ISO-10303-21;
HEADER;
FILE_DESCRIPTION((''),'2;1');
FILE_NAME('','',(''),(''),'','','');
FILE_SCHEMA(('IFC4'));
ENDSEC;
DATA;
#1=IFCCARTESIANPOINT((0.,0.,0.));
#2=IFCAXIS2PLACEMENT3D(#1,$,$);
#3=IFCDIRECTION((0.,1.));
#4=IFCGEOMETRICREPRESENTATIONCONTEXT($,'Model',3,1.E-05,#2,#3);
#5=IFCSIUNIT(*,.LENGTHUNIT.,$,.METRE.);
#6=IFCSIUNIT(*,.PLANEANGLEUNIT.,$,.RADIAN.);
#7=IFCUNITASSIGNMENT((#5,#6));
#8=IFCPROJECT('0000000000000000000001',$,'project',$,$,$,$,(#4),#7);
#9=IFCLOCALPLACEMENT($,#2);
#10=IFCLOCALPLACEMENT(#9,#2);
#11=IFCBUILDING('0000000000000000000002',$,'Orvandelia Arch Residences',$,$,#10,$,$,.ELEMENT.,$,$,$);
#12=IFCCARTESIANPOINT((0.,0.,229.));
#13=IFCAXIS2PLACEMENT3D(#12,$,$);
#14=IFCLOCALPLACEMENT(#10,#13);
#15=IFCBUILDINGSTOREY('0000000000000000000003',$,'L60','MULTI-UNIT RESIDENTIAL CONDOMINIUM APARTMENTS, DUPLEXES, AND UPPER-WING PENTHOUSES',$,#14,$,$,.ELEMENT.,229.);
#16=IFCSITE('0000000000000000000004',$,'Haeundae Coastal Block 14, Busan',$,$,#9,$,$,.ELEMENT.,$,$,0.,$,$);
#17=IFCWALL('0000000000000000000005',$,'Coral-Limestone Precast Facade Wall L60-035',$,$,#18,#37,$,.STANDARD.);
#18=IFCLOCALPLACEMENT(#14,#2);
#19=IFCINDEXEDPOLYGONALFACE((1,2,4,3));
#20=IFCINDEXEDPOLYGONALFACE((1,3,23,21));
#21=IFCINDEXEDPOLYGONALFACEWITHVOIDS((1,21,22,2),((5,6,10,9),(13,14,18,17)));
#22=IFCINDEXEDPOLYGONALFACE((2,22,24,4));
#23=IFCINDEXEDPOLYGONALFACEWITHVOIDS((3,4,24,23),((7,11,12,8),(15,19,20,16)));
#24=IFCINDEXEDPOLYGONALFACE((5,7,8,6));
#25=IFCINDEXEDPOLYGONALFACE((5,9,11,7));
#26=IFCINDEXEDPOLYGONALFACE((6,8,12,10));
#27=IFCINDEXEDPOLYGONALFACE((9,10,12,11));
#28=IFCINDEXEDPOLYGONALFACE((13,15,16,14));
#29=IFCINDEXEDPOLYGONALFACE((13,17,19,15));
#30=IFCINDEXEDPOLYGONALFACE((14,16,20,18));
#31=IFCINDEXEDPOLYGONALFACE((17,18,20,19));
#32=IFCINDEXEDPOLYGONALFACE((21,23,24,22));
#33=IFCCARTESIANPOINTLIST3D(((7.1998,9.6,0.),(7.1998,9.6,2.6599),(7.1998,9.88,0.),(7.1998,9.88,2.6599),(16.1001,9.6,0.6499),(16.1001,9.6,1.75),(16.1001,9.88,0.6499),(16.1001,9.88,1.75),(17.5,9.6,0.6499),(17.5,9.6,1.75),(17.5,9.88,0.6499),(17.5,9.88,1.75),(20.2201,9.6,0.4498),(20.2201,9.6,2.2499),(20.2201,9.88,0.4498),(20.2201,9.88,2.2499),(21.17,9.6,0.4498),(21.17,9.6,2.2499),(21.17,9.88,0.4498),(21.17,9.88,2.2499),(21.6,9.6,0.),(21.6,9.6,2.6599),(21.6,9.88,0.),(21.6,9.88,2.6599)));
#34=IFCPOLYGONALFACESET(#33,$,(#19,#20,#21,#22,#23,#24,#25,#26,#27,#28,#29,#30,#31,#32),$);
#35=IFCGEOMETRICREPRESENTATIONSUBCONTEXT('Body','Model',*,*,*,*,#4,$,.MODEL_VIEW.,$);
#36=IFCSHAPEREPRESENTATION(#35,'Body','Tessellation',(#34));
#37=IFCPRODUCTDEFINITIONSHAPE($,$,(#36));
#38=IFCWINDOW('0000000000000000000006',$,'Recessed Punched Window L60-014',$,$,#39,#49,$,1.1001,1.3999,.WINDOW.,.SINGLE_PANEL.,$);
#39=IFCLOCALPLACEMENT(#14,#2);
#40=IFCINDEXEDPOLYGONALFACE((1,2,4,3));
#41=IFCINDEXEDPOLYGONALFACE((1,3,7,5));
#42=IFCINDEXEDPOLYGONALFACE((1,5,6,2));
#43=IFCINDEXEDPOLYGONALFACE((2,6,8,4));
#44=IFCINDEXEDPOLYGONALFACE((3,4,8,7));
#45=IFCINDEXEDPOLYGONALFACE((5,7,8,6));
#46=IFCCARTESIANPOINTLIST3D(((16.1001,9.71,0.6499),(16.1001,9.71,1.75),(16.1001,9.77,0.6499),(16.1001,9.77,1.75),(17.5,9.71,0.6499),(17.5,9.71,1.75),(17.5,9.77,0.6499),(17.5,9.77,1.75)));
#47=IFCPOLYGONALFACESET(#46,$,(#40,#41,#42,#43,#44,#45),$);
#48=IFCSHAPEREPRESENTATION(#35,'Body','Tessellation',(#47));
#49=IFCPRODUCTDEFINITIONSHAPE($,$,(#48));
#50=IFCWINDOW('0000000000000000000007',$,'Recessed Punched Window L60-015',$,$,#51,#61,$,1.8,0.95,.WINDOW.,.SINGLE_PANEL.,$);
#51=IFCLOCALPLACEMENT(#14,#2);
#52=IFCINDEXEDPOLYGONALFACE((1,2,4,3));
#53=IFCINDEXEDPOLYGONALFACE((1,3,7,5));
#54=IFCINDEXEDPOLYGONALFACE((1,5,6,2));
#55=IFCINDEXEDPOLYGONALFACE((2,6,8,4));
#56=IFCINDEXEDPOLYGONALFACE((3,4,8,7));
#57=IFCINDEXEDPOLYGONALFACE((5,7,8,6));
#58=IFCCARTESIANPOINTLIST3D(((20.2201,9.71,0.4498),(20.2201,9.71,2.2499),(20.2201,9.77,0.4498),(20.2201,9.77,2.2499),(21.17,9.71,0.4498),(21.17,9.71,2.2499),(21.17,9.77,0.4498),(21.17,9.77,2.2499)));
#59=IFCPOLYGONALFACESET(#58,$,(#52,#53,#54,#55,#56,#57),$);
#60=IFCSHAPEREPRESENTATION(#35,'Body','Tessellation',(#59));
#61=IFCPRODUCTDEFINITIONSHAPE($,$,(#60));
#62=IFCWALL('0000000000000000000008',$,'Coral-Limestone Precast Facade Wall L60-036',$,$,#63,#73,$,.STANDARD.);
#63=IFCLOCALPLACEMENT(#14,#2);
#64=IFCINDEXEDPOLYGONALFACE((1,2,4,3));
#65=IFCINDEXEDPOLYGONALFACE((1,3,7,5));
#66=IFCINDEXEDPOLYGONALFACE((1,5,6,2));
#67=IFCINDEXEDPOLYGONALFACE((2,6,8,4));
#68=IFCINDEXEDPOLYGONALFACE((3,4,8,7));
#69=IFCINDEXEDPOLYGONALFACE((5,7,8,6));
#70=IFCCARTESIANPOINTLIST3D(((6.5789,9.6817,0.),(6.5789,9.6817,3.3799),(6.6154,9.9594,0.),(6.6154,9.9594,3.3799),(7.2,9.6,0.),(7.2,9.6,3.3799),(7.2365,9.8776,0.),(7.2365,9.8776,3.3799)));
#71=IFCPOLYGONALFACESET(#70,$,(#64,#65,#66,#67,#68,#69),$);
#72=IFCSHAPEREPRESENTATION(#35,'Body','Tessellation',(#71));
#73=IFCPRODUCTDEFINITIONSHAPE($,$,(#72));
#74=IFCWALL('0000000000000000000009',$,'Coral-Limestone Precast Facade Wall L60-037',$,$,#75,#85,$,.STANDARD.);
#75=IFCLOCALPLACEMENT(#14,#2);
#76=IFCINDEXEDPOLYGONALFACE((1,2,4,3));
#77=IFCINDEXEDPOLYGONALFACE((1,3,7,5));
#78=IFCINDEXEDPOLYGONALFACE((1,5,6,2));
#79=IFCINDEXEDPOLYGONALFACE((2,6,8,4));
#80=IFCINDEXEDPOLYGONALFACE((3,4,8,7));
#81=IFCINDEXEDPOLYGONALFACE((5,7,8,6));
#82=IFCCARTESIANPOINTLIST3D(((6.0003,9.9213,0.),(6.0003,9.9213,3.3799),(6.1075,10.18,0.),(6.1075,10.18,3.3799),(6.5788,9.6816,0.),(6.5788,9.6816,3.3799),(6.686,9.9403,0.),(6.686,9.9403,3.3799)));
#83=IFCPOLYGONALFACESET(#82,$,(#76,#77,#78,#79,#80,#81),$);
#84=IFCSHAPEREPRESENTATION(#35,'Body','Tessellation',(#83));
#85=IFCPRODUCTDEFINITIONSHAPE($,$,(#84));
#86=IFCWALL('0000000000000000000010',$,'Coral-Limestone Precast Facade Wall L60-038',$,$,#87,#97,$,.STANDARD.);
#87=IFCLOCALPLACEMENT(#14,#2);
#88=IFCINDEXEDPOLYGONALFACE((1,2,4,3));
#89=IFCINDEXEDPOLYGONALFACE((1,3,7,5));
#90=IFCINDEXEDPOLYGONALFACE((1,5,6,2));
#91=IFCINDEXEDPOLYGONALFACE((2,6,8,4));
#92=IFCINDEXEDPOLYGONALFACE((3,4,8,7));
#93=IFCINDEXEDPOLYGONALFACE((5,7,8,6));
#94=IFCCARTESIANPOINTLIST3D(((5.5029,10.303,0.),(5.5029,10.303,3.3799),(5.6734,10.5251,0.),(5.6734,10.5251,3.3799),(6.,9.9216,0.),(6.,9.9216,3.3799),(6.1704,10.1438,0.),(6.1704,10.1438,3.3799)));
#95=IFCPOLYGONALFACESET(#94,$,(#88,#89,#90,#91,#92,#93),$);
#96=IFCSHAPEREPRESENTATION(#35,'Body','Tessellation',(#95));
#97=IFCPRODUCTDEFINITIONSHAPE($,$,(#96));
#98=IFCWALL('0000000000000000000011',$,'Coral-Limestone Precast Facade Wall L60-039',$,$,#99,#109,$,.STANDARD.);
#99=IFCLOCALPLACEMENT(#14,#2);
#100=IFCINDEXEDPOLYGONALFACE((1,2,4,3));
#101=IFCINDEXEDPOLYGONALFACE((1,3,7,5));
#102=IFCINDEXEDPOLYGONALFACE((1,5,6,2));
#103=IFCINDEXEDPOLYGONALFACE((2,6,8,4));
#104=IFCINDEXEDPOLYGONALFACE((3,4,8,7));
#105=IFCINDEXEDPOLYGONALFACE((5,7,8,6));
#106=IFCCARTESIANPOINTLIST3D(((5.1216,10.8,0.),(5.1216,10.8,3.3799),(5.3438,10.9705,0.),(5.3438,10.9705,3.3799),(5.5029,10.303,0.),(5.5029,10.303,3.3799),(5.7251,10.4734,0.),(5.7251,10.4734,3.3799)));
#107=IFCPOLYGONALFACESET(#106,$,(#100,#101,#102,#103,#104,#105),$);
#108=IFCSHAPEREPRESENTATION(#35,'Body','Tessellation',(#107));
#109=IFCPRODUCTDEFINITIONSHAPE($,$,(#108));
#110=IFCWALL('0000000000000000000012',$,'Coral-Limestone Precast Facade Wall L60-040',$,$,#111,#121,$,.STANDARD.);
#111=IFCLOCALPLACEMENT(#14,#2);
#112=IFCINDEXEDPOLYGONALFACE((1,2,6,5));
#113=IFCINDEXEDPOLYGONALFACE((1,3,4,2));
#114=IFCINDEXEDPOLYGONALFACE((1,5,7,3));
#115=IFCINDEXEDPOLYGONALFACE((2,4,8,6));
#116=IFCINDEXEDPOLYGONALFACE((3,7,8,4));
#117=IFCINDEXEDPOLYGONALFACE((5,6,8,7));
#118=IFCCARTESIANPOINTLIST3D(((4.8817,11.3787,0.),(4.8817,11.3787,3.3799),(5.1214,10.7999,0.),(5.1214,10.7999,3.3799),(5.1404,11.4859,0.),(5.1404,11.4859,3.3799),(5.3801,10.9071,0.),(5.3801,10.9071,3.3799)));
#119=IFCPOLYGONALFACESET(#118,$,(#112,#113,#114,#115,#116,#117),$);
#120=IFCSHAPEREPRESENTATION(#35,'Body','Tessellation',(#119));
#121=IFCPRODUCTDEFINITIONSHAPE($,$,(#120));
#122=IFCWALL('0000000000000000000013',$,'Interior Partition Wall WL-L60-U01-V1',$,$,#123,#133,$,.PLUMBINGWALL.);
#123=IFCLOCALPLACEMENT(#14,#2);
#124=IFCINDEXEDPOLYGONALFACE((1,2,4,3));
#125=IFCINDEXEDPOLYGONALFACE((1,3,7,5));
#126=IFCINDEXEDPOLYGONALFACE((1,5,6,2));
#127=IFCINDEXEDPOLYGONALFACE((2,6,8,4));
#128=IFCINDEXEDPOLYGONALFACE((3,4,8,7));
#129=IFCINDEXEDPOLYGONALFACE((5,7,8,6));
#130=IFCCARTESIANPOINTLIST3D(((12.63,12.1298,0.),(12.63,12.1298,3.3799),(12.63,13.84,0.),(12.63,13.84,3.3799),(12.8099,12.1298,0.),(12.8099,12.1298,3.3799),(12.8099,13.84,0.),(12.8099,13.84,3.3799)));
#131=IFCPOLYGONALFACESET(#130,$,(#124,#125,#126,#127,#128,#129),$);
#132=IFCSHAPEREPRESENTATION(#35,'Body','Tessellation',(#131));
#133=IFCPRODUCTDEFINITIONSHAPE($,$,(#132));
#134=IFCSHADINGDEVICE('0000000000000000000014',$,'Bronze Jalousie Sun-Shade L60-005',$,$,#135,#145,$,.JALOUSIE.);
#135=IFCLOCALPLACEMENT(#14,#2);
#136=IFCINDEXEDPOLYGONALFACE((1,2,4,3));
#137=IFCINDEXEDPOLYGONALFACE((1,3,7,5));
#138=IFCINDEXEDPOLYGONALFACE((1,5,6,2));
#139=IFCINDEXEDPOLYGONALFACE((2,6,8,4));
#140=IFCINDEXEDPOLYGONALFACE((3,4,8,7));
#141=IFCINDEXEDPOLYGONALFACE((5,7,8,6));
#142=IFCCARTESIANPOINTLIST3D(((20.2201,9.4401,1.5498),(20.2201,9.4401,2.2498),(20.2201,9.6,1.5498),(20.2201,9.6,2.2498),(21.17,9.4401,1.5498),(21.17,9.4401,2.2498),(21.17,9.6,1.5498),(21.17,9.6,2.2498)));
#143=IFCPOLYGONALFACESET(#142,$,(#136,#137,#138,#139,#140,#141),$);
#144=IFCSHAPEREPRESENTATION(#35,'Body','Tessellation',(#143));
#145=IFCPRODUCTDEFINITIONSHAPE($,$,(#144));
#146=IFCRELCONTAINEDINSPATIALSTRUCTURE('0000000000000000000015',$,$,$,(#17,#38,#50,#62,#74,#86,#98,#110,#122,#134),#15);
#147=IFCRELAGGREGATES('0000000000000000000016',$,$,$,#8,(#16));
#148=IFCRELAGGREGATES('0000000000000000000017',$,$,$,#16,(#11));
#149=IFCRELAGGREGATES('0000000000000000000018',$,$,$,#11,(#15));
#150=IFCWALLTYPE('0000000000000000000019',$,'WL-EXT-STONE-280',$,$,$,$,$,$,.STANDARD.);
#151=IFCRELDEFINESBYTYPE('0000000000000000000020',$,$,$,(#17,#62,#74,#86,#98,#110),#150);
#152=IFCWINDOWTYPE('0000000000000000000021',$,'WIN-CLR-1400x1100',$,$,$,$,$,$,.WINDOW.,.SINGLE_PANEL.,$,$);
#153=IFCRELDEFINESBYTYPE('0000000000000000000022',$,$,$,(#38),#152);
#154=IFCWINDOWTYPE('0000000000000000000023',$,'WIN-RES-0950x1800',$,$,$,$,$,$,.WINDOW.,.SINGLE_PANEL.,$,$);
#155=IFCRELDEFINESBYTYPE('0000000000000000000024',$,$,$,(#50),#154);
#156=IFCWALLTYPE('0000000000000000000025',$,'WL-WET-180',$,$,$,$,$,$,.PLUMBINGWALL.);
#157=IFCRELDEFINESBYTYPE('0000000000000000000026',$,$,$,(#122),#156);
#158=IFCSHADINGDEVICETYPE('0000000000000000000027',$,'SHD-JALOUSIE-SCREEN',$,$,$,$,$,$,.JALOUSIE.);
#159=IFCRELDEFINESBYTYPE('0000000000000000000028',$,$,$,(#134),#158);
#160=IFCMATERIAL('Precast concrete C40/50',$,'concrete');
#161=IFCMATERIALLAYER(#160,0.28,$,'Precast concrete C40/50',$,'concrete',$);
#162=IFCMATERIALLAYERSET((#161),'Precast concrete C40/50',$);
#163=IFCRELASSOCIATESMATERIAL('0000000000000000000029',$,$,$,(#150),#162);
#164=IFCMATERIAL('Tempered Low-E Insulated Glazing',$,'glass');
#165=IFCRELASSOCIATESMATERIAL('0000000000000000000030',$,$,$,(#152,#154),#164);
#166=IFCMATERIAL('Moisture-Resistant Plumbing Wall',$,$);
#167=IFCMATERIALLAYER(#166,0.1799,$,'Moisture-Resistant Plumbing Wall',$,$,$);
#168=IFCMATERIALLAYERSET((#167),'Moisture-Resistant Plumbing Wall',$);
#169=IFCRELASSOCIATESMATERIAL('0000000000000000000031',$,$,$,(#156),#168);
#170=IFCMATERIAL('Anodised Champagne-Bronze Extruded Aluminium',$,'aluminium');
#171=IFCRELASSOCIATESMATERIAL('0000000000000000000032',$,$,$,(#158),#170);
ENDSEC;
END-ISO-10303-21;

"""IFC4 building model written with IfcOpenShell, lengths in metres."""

from ifc_helpers import new_model, si_unit, direction, frame, frame_2d, origin, origin_2d, place, context, subcontext, project, spatial, rectangle, extrude, material, layer, layer_set, type_object, element, fill, save


model = new_model("IFC4")

# Units and contexts
model_context = context("Model", 3, precision=1e-05, world=origin(), true_north=direction((0.0, 1.0)))
body_context = subcontext(model_context, "Body", "Model", "MODEL_VIEW")
ifc_project = project(units=[si_unit("LENGTHUNIT", "METRE"), si_unit("PLANEANGLEUNIT", "RADIAN")], contexts=[model_context])

# Site, building, storey
site_placement = place(None, origin())
site = spatial("IfcSite", under=ifc_project, at=site_placement, Name="Haeundae Coastal Block 14, Busan", CompositionType="ELEMENT", RefElevation=0.0)
building_placement = place(site_placement, origin())
building = spatial("IfcBuilding", under=site, at=building_placement, Name="Orvandelia Arch Residences", CompositionType="ELEMENT")
storey_placement = place(building_placement, frame((0.0, 0.0, 229.0)))
storey = spatial("IfcBuildingStorey", under=building, at=storey_placement, Name="L60", Description="MULTI-UNIT RESIDENTIAL CONDOMINIUM APARTMENTS, DUPLEXES, AND UPPER-WING PENTHOUSES", CompositionType="ELEMENT", Elevation=229.0)

# Wall, openings, windows
ifc_material_1 = material(Name="Precast concrete C40/50", Category="concrete")
ifc_layer_1 = layer(ifc_material_1, 0.28, Name="Precast concrete C40/50", Category="concrete")
ifc_layer_set_1 = layer_set([ifc_layer_1], Name="Precast concrete C40/50")
wall_type_1 = type_object("IfcWallType", Name="WL-EXT-STONE-280", PredefinedType="STANDARD", material=ifc_layer_set_1)
wall_1_placement = place(storey_placement, frame((21.6001, 9.74, 0.0), z_axis=(0.0, 0.0, 1.0), x_axis=(-1.0, 0.0, 0.0)))
wall_1 = element("IfcWall", 1, at=wall_1_placement, inside=storey, type_object=wall_type_1, Name="Coral-Limestone Precast Facade Wall L60-035", PredefinedType="STANDARD", context=body_context, shape_type="SweptSolid", body=[
    extrude(rectangle(XDim=14.4001, YDim=0.28, at=frame_2d((7.2002, 0.0))), origin(), (0.0, 0.0, 1.0), 2.6599),
])
opening_1_placement = place(wall_1_placement, frame((4.1001, 0.0, 0.6499)))
opening_1 = element("IfcOpeningElement", 2, at=opening_1_placement, cuts=wall_1, PredefinedType="OPENING", context=body_context, shape_type="SweptSolid", body=[
    extrude(rectangle(XDim=1.3999, YDim=1.1001, at=frame_2d((0.7, 0.55))), frame((0.0, 0.1499, 0.0), z_axis=(0.0, -1.0, 0.0), x_axis=(1.0, 0.0, 0.0)), (0.0, 0.0, 1.0), 0.3),
])
opening_2_placement = place(wall_1_placement, frame((0.4299, 0.0, 0.45)))
opening_2 = element("IfcOpeningElement", 3, at=opening_2_placement, cuts=wall_1, PredefinedType="OPENING", context=body_context, shape_type="SweptSolid", body=[
    extrude(rectangle(XDim=0.95, YDim=1.8, at=frame_2d((0.4751, 0.8999))), frame((0.0, 0.1499, 0.0), z_axis=(0.0, -1.0, 0.0), x_axis=(1.0, 0.0, 0.0)), (0.0, 0.0, 1.0), 0.3),
])
ifc_material_2 = material(Name="Tempered Low-E Insulated Glazing", Category="glass")
window_type_1 = type_object("IfcWindowType", Name="WIN-CLR-1400x1100", PartitioningType="SINGLE_PANEL", PredefinedType="WINDOW", material=ifc_material_2)
window_1_placement = place(opening_1_placement, origin())
window_1 = element("IfcWindow", 4, at=window_1_placement, inside=storey, type_object=window_type_1, Name="Recessed Punched Window L60-014", OverallHeight=1.1001, OverallWidth=1.3999, PartitioningType="SINGLE_PANEL", PredefinedType="WINDOW", context=body_context, shape_type="SweptSolid", body=[
    extrude(rectangle(XDim=1.3999, YDim=1.1001, at=frame_2d((0.7, 0.55))), frame((0.0, 0.03, 0.0), z_axis=(0.0, -1.0, 0.0), x_axis=(1.0, 0.0, 0.0)), (0.0, 0.0, 1.0), 0.0601),
])
fill(opening_1, window_1)
window_type_2 = type_object("IfcWindowType", Name="WIN-RES-0950x1800", PartitioningType="SINGLE_PANEL", PredefinedType="WINDOW", material=ifc_material_2)
window_2_placement = place(opening_2_placement, origin())
window_2 = element("IfcWindow", 5, at=window_2_placement, inside=storey, type_object=window_type_2, Name="Recessed Punched Window L60-015", OverallHeight=1.8, OverallWidth=0.95, PartitioningType="SINGLE_PANEL", PredefinedType="WINDOW", context=body_context, shape_type="SweptSolid", body=[
    extrude(rectangle(XDim=0.95, YDim=1.8, at=frame_2d((0.4751, 0.8999))), frame((0.0, 0.03, 0.0), z_axis=(0.0, -1.0, 0.0), x_axis=(1.0, 0.0, 0.0)), (0.0, 0.0, 1.0), 0.0601),
])
fill(opening_2, window_2)

# Walls
wall_2_placement = place(storey_placement, frame((7.2183, 9.7388, 0.0), z_axis=(0.0, 0.0, 1.0), x_axis=(-0.991441, 0.130555, 0.0)))
element("IfcWall", 6, at=wall_2_placement, inside=storey, type_object=wall_type_1, Name="Coral-Limestone Precast Facade Wall L60-036", PredefinedType="STANDARD", context=body_context, shape_type="SweptSolid", body=[
    extrude(rectangle(XDim=0.6265, YDim=0.28, at=frame_2d((0.3132, 0.0))), origin(), (0.0, 0.0, 1.0), 3.3799),
])
wall_3_placement = place(storey_placement, frame((6.6323, 9.811, 0.0), z_axis=(0.0, 0.0, 1.0), x_axis=(-0.923836, 0.382788, 0.0)))
element("IfcWall", 7, at=wall_3_placement, inside=storey, type_object=wall_type_1, Name="Coral-Limestone Precast Facade Wall L60-037", PredefinedType="STANDARD", context=body_context, shape_type="SweptSolid", body=[
    extrude(rectangle(XDim=0.6262, YDim=0.28, at=frame_2d((0.313, 0.0))), origin(), (0.0, 0.0, 1.0), 3.3799),
])
for number, where, z_axis, x_axis, name in (
    (8, (6.0852, 10.0327, 0.0), (0.0, 0.0, 1.0), (-0.793406, 0.608693, 0.0), "Coral-Limestone Precast Facade Wall L60-038"),
    (9, (5.614, 10.3882, 0.0), (0.0, 0.0, 1.0), (-0.608693, 0.793406, 0.0), "Coral-Limestone Precast Facade Wall L60-039"),
    (10, (5.2507, 10.8535, 0.0), (0.0, 0.0, 1.0), (-0.38265, 0.923893, 0.0), "Coral-Limestone Precast Facade Wall L60-040"),
):
    element("IfcWall", number, at=place(storey_placement, frame(where, z_axis=z_axis, x_axis=x_axis)), inside=storey, type_object=wall_type_1, Name=name, PredefinedType="STANDARD", context=body_context, shape_type="SweptSolid", body=[
        extrude(rectangle(XDim=0.6265, YDim=0.28, at=frame_2d((0.3132, 0.0))), origin(), (0.0, 0.0, 1.0), 3.3799),
    ])
ifc_material_3 = material(Name="Moisture-Resistant Plumbing Wall")
ifc_layer_2 = layer(ifc_material_3, 0.1799, Name="Moisture-Resistant Plumbing Wall")
ifc_layer_set_2 = layer_set([ifc_layer_2], Name="Moisture-Resistant Plumbing Wall")
wall_type_2 = type_object("IfcWallType", Name="WL-WET-180", PredefinedType="PLUMBINGWALL", material=ifc_layer_set_2)
wall_4_placement = place(storey_placement, frame((12.72, 12.1299, 0.0), z_axis=(0.0, 0.0, 1.0), x_axis=(0.0, 1.0, 0.0)))
element("IfcWall", 11, at=wall_4_placement, inside=storey, type_object=wall_type_2, Name="Interior Partition Wall WL-L60-U01-V1", PredefinedType="PLUMBINGWALL", context=body_context, shape_type="SweptSolid", body=[
    extrude(rectangle(XDim=1.7102, YDim=0.1799, at=frame_2d((0.855, 0.0))), origin(), (0.0, 0.0, 1.0), 3.3799),
])

# Shading device
ifc_material_4 = material(Name="Anodised Champagne-Bronze Extruded Aluminium", Category="aluminium")
shading_device_type = type_object("IfcShadingDeviceType", Name="SHD-JALOUSIE-SCREEN", PredefinedType="JALOUSIE", material=ifc_material_4)
shading_device_placement = place(storey_placement, frame((20.6951, 9.52, 1.5498), z_axis=(0.0, 0.0, 1.0), x_axis=(-1.0, 0.0, 0.0)))
element("IfcShadingDevice", 12, at=shading_device_placement, inside=storey, type_object=shading_device_type, Name="Bronze Jalousie Sun-Shade L60-005", PredefinedType="JALOUSIE", context=body_context, shape_type="SweptSolid", body=[
    extrude(rectangle(XDim=0.95, YDim=0.1599, at=origin_2d()), origin(), (0.0, 0.0, 1.0), 0.7),
])

save(model, "model.ifc")
